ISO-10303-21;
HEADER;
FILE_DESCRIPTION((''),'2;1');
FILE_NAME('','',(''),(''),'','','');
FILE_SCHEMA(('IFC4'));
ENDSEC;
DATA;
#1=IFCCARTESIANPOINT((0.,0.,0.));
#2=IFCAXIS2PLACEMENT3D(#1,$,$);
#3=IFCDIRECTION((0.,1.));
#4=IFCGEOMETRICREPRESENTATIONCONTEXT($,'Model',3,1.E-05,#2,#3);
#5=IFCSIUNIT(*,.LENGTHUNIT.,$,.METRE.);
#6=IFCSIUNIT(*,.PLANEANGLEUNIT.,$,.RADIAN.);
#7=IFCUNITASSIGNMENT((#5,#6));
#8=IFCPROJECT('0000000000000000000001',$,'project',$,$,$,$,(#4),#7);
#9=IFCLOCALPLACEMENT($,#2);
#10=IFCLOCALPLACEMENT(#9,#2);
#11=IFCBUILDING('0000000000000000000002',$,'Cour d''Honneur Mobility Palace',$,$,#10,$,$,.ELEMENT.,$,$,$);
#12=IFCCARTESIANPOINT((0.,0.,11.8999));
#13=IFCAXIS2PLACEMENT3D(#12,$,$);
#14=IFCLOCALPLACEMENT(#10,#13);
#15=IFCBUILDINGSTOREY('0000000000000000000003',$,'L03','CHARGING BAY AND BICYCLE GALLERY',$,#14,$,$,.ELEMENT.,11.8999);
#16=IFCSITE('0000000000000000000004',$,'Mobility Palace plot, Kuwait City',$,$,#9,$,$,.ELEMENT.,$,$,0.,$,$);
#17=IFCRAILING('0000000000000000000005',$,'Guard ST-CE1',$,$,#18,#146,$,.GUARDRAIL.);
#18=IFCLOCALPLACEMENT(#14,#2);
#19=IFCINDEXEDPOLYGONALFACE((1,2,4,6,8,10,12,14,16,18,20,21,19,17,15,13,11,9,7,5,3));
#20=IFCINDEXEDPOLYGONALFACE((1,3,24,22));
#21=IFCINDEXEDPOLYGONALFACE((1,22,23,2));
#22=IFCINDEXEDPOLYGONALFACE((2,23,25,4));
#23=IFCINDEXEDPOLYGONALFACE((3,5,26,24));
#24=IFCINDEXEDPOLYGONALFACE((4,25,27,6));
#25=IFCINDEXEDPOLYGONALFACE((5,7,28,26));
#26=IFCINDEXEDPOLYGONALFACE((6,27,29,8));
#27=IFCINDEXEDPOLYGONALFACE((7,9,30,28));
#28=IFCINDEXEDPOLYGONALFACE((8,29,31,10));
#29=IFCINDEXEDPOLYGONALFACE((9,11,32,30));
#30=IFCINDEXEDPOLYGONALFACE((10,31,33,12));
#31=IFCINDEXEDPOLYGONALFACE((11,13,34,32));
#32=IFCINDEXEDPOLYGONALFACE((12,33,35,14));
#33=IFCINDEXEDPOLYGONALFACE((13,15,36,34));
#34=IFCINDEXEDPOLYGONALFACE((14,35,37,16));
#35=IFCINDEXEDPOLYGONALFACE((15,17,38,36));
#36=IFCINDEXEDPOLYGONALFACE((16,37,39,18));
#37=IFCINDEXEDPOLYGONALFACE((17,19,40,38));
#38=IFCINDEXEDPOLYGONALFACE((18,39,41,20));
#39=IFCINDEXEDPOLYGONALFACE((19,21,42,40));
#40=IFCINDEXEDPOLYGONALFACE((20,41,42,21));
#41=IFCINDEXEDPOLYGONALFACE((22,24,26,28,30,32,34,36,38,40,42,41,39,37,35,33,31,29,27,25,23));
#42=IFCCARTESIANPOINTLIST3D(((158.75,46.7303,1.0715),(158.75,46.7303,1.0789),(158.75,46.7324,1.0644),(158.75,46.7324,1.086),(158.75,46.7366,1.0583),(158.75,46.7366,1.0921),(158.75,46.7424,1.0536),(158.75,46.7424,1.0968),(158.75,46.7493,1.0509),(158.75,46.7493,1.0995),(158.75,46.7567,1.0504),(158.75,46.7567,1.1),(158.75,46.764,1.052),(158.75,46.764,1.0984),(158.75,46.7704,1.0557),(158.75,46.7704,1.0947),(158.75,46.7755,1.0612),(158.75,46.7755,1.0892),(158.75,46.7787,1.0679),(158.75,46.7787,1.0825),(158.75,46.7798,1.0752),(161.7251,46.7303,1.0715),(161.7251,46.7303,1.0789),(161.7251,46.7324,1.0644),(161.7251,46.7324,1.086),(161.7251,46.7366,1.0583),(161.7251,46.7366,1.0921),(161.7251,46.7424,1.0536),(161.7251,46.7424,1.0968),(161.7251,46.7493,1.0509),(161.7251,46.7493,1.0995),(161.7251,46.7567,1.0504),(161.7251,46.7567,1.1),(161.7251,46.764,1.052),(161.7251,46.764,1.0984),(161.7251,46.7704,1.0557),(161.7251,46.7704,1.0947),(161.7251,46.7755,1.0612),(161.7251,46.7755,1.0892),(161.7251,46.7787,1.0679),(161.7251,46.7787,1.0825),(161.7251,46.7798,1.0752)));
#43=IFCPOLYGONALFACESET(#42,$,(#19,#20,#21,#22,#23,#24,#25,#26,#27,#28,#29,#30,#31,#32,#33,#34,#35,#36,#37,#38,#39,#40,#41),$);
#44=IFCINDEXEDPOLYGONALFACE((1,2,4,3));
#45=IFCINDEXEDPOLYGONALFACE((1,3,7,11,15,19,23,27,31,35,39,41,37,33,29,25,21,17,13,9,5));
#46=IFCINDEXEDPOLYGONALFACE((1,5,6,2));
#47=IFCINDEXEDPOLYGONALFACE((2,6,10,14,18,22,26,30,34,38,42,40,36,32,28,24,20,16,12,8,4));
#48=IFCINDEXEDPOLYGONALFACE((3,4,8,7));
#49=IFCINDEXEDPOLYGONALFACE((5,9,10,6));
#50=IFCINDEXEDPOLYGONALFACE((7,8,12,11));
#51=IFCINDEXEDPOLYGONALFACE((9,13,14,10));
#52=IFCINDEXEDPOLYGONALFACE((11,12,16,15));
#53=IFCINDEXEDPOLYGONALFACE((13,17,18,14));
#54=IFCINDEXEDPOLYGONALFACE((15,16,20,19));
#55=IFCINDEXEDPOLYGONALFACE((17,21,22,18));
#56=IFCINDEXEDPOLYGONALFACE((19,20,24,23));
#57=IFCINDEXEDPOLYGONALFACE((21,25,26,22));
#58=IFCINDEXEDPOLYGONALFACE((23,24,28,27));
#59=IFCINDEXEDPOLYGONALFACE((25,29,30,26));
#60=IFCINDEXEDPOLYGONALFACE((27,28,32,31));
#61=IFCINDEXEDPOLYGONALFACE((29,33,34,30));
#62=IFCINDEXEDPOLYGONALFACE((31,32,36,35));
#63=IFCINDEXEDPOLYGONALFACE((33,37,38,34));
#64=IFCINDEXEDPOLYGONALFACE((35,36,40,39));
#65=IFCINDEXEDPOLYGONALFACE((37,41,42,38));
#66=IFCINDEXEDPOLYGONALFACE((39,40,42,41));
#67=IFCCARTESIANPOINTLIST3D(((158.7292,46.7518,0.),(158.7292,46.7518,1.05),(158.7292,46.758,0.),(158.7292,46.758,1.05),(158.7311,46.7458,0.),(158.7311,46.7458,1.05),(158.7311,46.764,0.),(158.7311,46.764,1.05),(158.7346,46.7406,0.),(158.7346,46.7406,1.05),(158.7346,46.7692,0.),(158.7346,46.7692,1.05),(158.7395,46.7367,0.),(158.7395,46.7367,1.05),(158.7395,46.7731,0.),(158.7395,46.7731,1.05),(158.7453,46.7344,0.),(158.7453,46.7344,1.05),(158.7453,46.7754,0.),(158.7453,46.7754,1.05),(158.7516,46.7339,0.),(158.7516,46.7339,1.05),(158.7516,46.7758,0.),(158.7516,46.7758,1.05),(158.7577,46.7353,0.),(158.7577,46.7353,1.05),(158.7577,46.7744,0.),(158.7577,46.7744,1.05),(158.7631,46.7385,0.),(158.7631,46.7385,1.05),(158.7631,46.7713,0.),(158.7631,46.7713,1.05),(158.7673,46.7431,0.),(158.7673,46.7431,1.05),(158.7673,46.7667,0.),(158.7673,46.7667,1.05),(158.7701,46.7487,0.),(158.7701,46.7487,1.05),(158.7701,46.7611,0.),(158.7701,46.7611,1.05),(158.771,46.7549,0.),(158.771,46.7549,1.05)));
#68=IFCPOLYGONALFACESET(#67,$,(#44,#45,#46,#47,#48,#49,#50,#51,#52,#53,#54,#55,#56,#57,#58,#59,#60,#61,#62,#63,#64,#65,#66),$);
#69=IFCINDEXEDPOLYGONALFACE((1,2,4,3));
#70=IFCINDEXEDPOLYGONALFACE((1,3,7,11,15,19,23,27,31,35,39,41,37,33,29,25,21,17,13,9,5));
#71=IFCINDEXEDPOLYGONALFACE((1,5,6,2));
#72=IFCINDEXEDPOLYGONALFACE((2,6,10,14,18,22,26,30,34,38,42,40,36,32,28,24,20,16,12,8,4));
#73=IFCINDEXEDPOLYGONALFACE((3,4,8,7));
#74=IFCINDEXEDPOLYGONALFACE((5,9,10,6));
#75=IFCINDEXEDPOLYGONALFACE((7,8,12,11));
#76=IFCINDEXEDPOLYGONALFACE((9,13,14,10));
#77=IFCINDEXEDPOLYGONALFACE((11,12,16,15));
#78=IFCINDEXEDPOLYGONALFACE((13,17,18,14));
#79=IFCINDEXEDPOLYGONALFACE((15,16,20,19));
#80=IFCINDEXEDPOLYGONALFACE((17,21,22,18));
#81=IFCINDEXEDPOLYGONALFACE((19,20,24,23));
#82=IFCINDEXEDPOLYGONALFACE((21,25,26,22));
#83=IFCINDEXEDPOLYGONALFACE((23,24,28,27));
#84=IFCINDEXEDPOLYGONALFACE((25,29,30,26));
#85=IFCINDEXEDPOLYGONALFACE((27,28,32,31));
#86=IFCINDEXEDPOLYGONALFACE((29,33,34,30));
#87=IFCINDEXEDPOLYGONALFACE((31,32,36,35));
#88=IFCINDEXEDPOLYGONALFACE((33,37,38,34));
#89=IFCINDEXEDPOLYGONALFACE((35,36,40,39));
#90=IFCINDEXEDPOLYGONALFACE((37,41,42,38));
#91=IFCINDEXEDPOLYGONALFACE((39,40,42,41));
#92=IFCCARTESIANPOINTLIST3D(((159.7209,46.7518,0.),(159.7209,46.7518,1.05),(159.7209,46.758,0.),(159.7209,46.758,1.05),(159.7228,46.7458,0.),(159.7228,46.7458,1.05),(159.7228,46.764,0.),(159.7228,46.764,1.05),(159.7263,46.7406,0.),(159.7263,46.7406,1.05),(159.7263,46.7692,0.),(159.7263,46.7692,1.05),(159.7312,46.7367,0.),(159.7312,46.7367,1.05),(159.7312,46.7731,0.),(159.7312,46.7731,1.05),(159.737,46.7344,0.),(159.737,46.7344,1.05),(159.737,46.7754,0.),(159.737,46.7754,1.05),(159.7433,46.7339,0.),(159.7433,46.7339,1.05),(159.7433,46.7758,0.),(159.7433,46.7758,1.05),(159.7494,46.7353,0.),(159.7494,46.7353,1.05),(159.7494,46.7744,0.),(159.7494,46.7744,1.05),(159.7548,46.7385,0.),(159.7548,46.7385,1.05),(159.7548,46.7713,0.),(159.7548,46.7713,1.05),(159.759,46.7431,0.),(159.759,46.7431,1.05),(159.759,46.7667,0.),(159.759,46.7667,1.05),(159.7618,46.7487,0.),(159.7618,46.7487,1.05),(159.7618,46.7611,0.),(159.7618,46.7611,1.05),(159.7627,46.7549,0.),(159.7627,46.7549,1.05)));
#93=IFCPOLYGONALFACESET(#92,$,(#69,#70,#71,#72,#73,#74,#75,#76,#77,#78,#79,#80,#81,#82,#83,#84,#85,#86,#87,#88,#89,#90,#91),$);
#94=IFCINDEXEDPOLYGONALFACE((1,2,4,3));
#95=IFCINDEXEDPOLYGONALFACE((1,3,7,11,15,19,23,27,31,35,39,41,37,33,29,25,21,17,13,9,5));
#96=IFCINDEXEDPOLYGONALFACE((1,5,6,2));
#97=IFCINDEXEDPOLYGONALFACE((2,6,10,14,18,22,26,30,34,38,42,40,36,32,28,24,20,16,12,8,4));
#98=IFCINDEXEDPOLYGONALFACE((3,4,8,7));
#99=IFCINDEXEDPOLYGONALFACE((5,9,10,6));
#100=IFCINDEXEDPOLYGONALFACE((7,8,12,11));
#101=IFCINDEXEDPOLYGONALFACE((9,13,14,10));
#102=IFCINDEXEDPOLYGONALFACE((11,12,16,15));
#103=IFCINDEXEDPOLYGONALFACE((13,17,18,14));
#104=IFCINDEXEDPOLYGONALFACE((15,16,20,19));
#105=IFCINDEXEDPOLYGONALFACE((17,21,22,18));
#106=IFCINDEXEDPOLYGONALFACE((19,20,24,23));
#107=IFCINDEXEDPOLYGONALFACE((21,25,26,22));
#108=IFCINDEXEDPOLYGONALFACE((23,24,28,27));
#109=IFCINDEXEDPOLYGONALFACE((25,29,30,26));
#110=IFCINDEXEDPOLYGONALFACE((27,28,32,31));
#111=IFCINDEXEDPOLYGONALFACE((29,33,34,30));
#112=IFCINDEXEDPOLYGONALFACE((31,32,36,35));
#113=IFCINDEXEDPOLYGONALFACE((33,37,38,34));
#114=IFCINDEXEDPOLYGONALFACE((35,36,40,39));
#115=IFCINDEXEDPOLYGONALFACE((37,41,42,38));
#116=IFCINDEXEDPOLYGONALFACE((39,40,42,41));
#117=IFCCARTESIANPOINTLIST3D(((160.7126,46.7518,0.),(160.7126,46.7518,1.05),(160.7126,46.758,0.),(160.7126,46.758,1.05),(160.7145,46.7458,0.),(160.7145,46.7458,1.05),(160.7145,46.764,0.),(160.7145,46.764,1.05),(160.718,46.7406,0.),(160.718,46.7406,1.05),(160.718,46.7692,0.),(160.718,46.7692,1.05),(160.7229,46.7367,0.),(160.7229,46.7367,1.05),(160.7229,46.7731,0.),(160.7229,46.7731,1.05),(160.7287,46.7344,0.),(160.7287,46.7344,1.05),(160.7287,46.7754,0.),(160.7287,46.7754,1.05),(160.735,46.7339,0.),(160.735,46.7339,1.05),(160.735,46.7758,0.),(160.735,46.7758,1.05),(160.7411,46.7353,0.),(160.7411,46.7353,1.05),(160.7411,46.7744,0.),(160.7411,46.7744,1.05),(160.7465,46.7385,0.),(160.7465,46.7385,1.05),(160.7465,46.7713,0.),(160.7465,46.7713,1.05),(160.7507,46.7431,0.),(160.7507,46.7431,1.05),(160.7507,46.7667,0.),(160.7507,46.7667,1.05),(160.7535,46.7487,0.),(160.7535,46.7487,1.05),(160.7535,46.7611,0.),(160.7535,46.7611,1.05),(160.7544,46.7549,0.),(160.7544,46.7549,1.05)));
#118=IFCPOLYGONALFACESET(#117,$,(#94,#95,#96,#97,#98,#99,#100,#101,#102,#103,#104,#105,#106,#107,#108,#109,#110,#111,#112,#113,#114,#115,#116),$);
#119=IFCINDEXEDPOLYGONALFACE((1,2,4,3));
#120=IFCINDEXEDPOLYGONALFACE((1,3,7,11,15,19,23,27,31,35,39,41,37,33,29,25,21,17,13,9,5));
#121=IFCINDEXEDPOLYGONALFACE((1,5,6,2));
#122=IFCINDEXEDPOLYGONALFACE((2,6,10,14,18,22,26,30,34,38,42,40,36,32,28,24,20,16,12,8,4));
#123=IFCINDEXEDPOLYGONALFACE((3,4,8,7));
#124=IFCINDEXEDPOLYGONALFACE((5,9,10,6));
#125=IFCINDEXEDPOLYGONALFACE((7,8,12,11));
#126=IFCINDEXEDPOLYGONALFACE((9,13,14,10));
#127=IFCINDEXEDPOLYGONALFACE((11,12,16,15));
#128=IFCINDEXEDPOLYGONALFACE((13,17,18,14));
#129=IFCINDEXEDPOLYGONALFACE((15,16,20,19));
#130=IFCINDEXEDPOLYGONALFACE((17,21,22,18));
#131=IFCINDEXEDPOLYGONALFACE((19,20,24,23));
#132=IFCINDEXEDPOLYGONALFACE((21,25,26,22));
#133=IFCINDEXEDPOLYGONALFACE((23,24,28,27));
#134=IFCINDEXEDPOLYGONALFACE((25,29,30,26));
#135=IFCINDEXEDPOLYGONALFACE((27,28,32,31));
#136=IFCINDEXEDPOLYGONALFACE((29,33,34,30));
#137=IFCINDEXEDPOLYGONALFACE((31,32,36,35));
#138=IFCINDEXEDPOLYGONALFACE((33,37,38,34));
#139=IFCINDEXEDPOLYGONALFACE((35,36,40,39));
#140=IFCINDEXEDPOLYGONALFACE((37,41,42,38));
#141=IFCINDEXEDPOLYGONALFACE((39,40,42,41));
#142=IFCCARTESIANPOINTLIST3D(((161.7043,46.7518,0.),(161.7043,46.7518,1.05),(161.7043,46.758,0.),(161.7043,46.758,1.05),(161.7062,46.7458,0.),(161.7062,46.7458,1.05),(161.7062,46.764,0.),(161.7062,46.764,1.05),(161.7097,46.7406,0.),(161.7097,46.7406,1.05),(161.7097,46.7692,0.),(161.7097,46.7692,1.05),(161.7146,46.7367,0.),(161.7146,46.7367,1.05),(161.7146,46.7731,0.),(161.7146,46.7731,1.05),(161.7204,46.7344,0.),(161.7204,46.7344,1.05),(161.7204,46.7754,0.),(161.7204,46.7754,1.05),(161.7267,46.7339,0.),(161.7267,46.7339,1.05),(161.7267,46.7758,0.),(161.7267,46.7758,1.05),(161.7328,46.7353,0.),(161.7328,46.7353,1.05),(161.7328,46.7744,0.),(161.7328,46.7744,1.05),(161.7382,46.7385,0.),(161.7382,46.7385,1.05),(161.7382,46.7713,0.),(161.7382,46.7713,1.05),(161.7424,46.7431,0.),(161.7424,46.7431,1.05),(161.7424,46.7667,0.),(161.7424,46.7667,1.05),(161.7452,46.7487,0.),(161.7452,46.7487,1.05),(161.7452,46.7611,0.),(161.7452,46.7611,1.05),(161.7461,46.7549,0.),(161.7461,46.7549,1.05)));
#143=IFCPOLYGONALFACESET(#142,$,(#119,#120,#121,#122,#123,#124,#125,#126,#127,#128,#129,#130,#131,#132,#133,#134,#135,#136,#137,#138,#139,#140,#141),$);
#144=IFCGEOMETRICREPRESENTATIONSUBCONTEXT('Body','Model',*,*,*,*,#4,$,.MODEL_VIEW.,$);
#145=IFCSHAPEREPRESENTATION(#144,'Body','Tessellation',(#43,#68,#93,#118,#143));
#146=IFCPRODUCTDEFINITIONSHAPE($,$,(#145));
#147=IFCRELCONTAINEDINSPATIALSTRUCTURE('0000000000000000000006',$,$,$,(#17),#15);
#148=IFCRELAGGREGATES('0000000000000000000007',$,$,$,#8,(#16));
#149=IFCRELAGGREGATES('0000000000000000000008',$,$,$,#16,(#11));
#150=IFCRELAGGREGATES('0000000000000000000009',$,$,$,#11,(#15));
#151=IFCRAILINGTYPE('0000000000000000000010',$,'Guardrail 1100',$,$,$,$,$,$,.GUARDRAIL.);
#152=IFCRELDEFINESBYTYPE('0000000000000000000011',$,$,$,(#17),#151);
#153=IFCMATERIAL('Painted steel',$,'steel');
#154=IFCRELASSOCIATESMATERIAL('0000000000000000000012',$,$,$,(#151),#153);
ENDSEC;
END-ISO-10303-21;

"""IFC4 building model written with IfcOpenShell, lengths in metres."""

from ifc_helpers import new_model, si_unit, direction, frame, origin, origin_2d, place, context, subcontext, project, spatial, circle, extrude, material, type_object, element, save


model = new_model("IFC4")

# Units and contexts
model_context = context("Model", 3, precision=1e-05, world=origin(), true_north=direction((0.0, 1.0)))
body_context = subcontext(model_context, "Body", "Model", "MODEL_VIEW")
ifc_project = project(units=[si_unit("LENGTHUNIT", "METRE"), si_unit("PLANEANGLEUNIT", "RADIAN")], contexts=[model_context])

# Site, building, storey
site_placement = place(None, origin())
site = spatial("IfcSite", under=ifc_project, at=site_placement, Name="Mobility Palace plot, Kuwait City", CompositionType="ELEMENT", RefElevation=0.0)
building_placement = place(site_placement, origin())
building = spatial("IfcBuilding", under=site, at=building_placement, Name="Cour d'Honneur Mobility Palace", CompositionType="ELEMENT")
storey_placement = place(building_placement, frame((0.0, 0.0, 11.8999)))
storey = spatial("IfcBuildingStorey", under=building, at=storey_placement, Name="L03", Description="CHARGING BAY AND BICYCLE GALLERY", CompositionType="ELEMENT", Elevation=11.8999)

# Railing
ifc_material_1 = material(Name="Painted steel", Category="steel")
railing_type_1 = type_object("IfcRailingType", Name="Guardrail 1100", PredefinedType="GUARDRAIL", material=ifc_material_1)
railing_1_placement = place(storey_placement, frame((158.75, 46.7549, 0.0)))
element("IfcRailing", 1, at=railing_1_placement, inside=storey, type_object=railing_type_1, Name="Guard ST-CE1", PredefinedType="GUARDRAIL", context=body_context, shape_type="SweptSolid", body=[
    extrude(circle(Radius=0.0249, at=origin_2d()), frame((0.0, 0.0, 1.0752), z_axis=(1.0, 0.0, 0.0), x_axis=(0.0, 1.0, 0.0)), (0.0, 0.0, 1.0), 2.9751),
    extrude(circle(Radius=0.021, at=origin_2d()), origin(), (0.0, 0.0, 1.0), 1.05),
    extrude(circle(Radius=0.021, at=origin_2d()), frame((0.9917, 0.0, 0.0)), (0.0, 0.0, 1.0), 1.05),
    extrude(circle(Radius=0.021, at=origin_2d()), frame((1.9834, 0.0, 0.0)), (0.0, 0.0, 1.0), 1.05),
    extrude(circle(Radius=0.021, at=origin_2d()), frame((2.9751, 0.0, 0.0)), (0.0, 0.0, 1.0), 1.05),
])

save(model, "model.ifc")
